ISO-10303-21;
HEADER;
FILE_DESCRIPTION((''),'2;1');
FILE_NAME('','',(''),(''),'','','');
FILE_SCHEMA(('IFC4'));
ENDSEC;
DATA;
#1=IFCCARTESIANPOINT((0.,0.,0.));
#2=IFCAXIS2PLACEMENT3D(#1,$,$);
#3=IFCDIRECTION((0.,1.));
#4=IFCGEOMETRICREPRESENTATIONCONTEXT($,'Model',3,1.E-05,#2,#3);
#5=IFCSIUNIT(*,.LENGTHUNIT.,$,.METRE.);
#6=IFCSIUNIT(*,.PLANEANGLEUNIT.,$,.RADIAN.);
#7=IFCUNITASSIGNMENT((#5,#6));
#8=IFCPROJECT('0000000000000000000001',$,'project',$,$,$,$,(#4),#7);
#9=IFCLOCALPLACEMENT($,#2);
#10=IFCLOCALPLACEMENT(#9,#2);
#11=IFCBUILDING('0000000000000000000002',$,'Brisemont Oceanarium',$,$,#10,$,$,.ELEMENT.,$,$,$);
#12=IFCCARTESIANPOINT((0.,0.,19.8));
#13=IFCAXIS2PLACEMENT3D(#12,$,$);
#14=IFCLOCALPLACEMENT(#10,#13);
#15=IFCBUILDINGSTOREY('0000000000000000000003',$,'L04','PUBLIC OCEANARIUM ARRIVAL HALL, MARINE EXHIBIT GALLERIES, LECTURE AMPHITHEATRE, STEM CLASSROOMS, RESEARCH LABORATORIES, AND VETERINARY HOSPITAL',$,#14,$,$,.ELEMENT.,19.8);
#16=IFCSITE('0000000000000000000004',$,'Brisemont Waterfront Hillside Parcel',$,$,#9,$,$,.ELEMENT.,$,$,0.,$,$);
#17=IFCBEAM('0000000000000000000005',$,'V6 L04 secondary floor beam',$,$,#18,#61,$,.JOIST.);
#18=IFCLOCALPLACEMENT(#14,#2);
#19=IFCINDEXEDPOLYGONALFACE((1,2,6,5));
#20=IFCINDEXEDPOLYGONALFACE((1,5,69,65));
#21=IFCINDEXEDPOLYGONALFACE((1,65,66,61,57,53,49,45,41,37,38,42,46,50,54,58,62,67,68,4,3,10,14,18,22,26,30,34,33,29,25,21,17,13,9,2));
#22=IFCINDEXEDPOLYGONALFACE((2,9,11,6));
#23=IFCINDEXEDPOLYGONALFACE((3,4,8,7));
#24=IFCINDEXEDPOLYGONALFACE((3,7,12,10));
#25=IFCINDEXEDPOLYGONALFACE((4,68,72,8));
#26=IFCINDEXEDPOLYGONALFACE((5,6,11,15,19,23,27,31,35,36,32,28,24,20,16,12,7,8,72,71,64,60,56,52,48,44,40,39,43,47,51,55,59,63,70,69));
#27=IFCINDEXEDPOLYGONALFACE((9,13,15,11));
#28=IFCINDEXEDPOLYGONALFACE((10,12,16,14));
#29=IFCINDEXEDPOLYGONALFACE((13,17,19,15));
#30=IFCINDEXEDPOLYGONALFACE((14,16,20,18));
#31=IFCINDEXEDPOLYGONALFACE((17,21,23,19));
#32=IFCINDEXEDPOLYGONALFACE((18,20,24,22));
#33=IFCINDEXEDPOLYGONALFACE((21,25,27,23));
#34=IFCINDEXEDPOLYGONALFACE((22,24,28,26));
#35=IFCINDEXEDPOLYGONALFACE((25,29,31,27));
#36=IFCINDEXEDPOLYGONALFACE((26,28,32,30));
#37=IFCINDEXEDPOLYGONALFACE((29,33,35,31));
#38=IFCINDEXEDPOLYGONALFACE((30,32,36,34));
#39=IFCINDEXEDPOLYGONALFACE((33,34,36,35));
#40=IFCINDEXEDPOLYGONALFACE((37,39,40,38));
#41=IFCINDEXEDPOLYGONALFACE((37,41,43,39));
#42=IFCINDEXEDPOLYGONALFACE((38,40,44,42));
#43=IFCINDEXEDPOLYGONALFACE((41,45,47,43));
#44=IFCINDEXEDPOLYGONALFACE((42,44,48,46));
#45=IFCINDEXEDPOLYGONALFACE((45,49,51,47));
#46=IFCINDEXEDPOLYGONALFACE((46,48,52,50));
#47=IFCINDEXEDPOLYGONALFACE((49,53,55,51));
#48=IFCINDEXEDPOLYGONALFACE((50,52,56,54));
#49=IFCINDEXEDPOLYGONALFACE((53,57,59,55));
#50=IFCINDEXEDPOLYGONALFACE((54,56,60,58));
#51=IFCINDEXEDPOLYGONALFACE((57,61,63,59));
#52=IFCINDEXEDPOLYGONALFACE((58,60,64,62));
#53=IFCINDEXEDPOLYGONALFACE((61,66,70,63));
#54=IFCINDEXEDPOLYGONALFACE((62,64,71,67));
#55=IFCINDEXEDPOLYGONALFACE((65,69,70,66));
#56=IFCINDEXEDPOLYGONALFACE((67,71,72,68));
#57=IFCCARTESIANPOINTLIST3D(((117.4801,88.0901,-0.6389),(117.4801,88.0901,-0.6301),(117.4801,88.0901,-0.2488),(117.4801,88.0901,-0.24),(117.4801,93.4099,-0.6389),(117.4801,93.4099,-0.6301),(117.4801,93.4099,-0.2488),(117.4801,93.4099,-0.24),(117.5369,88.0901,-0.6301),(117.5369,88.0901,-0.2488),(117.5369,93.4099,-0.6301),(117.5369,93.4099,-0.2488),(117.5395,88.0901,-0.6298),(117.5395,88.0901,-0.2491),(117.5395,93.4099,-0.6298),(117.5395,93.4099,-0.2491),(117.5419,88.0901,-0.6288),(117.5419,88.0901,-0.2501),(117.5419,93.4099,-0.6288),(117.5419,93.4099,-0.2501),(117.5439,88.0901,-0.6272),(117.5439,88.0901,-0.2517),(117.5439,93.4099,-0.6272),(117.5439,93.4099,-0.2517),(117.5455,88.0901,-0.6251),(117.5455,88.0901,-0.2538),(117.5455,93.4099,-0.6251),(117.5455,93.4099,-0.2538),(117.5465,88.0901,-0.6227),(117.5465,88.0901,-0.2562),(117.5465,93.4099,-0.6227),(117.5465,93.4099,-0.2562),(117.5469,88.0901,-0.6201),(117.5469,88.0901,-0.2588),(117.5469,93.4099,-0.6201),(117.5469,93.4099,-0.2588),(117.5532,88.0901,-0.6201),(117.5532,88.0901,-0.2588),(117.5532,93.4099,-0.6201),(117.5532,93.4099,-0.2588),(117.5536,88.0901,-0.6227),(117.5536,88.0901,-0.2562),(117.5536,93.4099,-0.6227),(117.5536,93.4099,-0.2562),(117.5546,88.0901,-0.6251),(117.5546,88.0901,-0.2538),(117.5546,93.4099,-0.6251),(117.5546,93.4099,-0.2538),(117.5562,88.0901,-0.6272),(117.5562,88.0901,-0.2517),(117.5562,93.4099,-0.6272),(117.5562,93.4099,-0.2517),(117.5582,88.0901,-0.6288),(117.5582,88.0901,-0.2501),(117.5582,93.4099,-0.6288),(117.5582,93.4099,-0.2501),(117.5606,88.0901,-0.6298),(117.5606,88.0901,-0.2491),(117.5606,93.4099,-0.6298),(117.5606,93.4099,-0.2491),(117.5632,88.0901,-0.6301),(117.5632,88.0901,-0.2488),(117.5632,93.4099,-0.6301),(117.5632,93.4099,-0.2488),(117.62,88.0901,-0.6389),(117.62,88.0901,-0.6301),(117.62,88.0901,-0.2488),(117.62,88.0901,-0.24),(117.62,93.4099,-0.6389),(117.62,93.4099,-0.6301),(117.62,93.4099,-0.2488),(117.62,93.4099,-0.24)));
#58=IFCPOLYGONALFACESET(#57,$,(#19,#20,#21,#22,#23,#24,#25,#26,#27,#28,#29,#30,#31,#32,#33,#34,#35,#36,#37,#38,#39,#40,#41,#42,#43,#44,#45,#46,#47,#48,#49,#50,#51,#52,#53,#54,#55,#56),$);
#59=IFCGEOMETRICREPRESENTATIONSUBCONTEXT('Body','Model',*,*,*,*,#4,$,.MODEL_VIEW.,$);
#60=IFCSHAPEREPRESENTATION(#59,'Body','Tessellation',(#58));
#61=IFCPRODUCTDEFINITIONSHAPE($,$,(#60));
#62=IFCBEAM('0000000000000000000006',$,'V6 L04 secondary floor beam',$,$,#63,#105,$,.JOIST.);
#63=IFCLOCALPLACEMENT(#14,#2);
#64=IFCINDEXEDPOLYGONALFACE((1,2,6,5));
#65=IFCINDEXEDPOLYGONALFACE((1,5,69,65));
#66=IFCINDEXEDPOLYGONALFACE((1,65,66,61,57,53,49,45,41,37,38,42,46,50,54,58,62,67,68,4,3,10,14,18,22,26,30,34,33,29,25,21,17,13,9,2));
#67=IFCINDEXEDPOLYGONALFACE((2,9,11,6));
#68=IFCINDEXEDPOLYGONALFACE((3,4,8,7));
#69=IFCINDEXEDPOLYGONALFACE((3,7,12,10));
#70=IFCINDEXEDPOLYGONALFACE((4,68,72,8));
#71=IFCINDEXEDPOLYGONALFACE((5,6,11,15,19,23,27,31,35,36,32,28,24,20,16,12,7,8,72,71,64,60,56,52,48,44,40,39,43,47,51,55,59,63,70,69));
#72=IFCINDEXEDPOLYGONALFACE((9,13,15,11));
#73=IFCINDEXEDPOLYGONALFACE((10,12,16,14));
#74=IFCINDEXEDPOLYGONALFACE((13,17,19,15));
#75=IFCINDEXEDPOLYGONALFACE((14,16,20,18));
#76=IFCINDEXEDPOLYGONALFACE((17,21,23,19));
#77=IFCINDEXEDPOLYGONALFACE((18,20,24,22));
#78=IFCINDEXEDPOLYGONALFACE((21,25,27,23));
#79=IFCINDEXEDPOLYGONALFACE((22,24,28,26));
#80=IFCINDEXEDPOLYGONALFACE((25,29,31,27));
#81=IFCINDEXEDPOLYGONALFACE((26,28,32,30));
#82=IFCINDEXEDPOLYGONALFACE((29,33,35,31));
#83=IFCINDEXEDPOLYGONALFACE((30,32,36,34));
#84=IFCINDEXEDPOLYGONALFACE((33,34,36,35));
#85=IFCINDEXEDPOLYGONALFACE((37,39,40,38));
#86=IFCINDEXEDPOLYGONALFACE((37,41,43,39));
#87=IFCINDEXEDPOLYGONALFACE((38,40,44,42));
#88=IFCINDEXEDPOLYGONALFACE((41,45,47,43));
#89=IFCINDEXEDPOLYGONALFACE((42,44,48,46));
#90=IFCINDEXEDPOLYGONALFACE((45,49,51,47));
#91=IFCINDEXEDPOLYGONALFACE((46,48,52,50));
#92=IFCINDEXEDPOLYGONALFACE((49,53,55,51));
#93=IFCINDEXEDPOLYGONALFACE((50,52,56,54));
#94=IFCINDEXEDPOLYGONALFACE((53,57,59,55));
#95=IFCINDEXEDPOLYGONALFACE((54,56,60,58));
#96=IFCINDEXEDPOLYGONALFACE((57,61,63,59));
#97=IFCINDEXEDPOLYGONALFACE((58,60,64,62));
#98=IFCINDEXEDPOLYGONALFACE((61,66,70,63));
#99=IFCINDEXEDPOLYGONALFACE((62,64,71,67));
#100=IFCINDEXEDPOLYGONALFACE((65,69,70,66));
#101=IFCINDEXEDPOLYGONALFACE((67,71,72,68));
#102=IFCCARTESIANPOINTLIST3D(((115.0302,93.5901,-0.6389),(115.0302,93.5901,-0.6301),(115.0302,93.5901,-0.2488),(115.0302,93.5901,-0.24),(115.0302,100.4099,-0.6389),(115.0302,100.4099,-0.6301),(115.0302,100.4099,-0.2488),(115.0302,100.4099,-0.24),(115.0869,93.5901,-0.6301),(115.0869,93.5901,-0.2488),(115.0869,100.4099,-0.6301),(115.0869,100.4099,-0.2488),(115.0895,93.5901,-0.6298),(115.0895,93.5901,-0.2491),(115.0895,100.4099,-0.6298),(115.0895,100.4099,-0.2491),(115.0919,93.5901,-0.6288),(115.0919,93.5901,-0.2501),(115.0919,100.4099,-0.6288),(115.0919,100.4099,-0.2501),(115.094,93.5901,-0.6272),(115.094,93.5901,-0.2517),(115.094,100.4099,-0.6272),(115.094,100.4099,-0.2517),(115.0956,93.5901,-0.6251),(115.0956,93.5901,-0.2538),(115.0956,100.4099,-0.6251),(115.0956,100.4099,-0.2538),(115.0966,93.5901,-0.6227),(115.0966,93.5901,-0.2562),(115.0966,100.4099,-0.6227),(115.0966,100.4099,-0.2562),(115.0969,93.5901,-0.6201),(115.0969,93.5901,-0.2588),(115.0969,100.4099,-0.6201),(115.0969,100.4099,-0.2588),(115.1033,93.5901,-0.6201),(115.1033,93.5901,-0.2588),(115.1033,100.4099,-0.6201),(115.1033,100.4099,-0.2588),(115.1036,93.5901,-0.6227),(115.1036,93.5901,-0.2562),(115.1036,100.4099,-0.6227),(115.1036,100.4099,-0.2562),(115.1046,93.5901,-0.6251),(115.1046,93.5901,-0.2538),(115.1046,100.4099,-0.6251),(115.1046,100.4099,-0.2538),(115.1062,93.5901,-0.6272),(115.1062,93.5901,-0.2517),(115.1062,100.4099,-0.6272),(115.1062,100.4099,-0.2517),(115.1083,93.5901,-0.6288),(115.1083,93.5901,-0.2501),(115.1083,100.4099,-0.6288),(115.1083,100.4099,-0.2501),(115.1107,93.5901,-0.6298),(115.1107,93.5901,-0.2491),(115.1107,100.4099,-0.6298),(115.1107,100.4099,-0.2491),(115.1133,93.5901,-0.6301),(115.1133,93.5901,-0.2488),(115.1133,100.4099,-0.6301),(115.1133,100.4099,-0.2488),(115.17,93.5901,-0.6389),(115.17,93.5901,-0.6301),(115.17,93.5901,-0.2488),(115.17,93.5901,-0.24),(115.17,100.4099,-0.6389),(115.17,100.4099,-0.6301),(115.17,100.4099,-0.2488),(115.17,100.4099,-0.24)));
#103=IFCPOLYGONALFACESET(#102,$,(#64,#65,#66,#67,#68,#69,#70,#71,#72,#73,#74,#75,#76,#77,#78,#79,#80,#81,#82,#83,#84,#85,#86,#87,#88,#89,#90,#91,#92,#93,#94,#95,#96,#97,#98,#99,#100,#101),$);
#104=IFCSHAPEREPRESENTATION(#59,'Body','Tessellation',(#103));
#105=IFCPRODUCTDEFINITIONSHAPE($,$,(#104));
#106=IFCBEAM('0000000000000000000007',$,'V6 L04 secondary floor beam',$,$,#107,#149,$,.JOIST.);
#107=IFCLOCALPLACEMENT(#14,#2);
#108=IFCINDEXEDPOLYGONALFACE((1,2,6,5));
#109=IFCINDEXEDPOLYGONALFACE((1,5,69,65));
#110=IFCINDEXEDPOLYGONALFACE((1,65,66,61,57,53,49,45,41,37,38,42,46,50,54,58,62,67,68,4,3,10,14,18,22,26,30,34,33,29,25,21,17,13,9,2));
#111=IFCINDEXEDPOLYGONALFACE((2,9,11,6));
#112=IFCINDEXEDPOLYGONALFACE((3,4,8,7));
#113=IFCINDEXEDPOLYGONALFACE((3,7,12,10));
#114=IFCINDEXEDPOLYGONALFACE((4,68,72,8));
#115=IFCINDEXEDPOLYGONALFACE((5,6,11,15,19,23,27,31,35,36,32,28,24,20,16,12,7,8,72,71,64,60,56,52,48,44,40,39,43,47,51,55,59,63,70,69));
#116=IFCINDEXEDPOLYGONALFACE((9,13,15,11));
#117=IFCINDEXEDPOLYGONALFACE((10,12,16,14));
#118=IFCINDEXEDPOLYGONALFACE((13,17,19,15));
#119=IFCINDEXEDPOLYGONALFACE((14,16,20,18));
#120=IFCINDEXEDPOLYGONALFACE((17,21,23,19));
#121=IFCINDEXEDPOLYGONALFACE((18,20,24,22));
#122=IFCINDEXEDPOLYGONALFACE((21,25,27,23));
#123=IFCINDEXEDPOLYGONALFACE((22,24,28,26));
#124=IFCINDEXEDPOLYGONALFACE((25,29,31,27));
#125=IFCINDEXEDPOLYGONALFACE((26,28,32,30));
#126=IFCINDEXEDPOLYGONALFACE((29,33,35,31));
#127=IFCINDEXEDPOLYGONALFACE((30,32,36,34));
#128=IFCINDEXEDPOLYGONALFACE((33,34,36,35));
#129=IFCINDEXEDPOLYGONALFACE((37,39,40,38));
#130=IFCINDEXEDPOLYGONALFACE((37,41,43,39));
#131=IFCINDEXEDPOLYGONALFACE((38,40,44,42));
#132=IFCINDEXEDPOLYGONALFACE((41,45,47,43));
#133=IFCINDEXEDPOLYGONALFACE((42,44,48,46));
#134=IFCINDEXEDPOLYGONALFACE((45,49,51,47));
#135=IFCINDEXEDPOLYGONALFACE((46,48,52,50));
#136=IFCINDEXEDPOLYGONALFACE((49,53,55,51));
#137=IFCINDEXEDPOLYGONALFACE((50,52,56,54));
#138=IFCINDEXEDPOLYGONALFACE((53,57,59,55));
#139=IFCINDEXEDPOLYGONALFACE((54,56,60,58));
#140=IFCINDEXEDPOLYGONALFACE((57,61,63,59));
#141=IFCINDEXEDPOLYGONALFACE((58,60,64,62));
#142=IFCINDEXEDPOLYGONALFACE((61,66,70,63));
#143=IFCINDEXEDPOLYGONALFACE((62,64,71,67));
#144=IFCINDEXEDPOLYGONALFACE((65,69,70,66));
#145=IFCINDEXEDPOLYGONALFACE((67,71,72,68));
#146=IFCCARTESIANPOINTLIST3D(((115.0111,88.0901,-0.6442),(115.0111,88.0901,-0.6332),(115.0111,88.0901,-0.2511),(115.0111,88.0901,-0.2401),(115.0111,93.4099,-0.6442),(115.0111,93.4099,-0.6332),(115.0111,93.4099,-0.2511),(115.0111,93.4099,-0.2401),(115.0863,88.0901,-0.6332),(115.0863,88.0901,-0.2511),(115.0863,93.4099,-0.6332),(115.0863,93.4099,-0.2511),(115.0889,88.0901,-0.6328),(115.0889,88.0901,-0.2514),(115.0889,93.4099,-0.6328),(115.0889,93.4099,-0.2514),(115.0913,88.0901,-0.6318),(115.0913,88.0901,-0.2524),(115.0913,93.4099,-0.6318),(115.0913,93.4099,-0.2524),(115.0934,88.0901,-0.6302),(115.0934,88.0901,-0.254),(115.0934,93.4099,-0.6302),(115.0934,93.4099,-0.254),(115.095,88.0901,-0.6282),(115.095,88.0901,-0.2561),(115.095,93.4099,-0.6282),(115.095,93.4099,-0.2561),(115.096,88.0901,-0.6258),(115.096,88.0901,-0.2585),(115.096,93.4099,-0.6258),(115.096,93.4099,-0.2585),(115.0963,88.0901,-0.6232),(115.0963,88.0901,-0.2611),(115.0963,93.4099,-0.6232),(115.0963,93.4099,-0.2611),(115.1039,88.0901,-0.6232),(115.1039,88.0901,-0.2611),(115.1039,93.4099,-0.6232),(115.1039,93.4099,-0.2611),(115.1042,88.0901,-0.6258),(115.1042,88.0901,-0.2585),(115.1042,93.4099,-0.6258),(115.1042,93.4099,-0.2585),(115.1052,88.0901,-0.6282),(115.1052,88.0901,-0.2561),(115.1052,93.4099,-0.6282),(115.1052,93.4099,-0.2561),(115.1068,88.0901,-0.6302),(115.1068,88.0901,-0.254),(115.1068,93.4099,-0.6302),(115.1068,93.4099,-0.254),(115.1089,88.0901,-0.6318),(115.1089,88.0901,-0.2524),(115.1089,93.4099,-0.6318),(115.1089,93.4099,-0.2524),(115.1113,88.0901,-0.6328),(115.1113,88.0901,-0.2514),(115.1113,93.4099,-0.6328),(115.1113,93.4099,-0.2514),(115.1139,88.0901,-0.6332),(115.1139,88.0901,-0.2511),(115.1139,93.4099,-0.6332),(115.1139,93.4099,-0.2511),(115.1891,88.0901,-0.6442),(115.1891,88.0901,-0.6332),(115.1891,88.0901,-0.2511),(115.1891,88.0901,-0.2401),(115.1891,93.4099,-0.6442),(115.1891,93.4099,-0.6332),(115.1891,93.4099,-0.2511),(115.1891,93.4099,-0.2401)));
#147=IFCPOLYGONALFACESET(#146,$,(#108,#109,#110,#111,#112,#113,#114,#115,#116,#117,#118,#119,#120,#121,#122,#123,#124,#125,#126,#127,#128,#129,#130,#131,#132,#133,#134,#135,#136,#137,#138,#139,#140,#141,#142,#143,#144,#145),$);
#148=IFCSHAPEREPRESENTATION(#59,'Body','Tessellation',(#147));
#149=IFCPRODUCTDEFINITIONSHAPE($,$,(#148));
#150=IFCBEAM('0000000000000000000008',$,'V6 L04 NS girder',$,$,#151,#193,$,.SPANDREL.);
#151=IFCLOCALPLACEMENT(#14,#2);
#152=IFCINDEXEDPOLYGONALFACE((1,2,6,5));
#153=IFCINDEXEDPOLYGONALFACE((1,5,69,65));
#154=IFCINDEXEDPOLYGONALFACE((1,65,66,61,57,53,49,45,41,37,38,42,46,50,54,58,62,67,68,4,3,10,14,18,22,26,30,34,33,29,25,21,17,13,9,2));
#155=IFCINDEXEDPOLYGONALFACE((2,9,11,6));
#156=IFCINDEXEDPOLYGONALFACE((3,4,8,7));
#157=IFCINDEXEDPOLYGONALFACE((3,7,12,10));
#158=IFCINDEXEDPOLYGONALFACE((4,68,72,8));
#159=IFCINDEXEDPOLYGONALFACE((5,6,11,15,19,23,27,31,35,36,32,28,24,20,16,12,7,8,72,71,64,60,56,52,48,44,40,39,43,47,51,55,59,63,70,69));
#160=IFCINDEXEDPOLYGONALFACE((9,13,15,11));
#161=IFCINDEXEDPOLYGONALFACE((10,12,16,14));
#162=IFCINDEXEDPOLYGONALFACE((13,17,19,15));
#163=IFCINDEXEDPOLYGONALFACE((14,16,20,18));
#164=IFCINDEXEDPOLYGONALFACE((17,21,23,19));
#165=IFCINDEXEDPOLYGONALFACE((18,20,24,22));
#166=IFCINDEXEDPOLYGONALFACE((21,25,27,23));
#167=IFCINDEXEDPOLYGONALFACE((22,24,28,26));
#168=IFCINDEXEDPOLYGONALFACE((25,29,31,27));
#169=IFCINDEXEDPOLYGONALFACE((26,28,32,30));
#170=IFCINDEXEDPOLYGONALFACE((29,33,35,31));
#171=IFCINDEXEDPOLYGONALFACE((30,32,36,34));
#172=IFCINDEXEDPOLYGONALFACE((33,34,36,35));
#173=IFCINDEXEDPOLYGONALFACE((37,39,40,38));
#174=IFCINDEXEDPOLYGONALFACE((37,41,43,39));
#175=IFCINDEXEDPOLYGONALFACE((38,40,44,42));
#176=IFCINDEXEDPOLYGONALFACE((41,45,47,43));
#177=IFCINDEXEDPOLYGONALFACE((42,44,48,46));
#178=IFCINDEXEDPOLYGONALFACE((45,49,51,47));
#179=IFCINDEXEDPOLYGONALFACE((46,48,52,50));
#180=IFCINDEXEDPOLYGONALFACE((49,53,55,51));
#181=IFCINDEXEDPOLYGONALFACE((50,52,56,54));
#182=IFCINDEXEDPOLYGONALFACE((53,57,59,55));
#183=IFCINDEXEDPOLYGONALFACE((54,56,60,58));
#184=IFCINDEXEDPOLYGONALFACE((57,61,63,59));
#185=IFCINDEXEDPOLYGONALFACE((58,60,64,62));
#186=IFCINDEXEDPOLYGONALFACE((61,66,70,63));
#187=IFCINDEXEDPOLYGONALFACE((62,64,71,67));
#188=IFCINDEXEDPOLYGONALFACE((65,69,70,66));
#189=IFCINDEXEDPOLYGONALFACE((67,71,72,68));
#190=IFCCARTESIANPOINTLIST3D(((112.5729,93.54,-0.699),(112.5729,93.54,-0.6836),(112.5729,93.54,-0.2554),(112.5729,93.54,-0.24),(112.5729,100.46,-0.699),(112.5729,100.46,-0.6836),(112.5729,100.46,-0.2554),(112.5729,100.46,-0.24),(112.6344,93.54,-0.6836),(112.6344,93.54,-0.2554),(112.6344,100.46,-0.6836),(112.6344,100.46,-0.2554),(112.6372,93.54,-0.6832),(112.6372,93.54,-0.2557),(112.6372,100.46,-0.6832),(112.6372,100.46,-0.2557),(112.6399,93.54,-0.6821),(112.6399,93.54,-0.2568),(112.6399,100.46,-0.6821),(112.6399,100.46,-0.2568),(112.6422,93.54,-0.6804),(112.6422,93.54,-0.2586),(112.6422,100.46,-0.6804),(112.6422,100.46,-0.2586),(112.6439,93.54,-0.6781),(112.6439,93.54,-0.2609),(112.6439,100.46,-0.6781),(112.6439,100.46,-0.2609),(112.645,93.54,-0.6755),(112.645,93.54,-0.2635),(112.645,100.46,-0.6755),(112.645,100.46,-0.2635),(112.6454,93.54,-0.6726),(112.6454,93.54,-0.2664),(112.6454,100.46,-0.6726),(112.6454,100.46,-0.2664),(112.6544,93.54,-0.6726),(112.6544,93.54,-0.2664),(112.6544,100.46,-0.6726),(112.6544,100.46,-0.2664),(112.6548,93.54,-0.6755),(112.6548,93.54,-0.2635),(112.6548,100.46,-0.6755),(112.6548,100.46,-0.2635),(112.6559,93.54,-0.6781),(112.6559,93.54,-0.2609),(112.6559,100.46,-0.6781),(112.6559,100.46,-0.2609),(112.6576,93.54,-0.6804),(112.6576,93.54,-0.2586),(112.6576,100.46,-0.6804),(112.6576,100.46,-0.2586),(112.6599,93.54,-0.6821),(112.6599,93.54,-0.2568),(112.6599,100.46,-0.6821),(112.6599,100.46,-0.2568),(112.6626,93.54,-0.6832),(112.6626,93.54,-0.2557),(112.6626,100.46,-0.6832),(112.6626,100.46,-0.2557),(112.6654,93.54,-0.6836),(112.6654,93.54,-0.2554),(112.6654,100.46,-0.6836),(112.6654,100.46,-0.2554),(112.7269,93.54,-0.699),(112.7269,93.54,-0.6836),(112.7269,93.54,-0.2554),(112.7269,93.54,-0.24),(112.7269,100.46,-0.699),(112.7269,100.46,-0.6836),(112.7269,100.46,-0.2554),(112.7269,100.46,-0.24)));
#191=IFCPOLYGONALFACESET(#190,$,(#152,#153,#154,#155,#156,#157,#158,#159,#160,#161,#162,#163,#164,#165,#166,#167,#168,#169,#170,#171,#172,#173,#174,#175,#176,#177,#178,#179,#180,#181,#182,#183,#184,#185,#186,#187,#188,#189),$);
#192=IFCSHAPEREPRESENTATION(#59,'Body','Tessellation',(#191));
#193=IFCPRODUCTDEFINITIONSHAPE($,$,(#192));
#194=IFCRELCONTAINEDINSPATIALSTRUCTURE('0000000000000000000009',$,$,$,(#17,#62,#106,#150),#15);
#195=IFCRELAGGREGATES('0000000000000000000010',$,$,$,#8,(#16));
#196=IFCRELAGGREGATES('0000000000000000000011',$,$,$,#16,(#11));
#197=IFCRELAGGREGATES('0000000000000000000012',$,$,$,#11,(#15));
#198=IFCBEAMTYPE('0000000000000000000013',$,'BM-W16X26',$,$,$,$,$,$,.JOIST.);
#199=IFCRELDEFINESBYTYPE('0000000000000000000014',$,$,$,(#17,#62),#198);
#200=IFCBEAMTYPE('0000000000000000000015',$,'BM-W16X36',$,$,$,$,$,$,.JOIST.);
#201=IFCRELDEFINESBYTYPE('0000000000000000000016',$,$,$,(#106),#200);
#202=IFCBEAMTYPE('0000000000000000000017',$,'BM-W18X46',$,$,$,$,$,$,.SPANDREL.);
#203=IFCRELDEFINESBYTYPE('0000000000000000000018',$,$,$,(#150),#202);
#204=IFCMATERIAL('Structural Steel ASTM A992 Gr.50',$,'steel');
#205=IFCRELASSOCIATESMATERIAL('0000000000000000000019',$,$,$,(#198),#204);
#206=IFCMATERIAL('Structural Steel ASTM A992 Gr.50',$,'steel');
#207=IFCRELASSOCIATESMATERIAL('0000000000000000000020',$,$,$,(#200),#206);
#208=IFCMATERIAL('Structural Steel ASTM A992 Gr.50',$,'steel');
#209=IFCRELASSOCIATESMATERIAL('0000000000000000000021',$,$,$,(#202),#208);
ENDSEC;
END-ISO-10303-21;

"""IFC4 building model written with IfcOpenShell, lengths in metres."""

from ifc_helpers import new_model, si_unit, direction, frame, origin, origin_2d, place, context, subcontext, project, spatial, i_section, extrude, material, material_profile, profile_set, type_object, element, save


model = new_model("IFC4")

# Units and contexts
model_context = context("Model", 3, precision=1e-05, world=origin(), true_north=direction((0.0, 1.0)))
body_context = subcontext(model_context, "Body", "Model", "MODEL_VIEW")
ifc_project = project(units=[si_unit("LENGTHUNIT", "METRE"), si_unit("PLANEANGLEUNIT", "RADIAN")], contexts=[model_context])

# Site, building, storey
site_placement = place(None, origin())
site = spatial("IfcSite", under=ifc_project, at=site_placement, Name="Brisemont Waterfront Hillside Parcel", CompositionType="ELEMENT", RefElevation=0.0)
building_placement = place(site_placement, origin())
building = spatial("IfcBuilding", under=site, at=building_placement, Name="Brisemont Oceanarium", CompositionType="ELEMENT")
storey_placement = place(building_placement, frame((0.0, 0.0, 19.8)))
storey = spatial("IfcBuildingStorey", under=building, at=storey_placement, Name="L04", Description="PUBLIC OCEANARIUM ARRIVAL HALL, MARINE EXHIBIT GALLERIES, LECTURE AMPHITHEATRE, STEM CLASSROOMS, RESEARCH LABORATORIES, AND VETERINARY HOSPITAL", CompositionType="ELEMENT", Elevation=19.8)

# Beams
ifc_material_1 = material(Name="Structural Steel ASTM A992 Gr.50", Category="steel")
ifc_material_profile_1 = material_profile(ifc_material_1, i_section(OverallWidth=0.1399, OverallDepth=0.3989, WebThickness=0.0063, FlangeThickness=0.0088, FilletRadius=0.01, at=origin_2d()), Name="W16X26")
ifc_profile_set_1 = profile_set([ifc_material_profile_1], Name="Structural Steel ASTM A992 Gr.50")
beam_type_1 = type_object("IfcBeamType", Name="BM-W16X26", PredefinedType="JOIST", material=ifc_profile_set_1)
beam_1_placement = place(storey_placement, frame((117.55, 88.0901, -0.4395), z_axis=(0.0, 1.0, 0.0), x_axis=(-1.0, 0.0, 0.0)))
element("IfcBeam", 1, at=beam_1_placement, inside=storey, type_object=beam_type_1, Name="V6 L04 secondary floor beam", PredefinedType="JOIST", context=body_context, shape_type="SweptSolid", body=[
    extrude(i_section(OverallWidth=0.1399, OverallDepth=0.3989, WebThickness=0.0063, FlangeThickness=0.0088, FilletRadius=0.01, at=origin_2d()), origin(), (0.0, 0.0, 1.0), 5.3198),
])
beam_2_placement = place(storey_placement, frame((115.1001, 93.5901, -0.4395), z_axis=(0.0, 1.0, 0.0), x_axis=(-1.0, 0.0, 0.0)))
element("IfcBeam", 2, at=beam_2_placement, inside=storey, type_object=beam_type_1, Name="V6 L04 secondary floor beam", PredefinedType="JOIST", context=body_context, shape_type="SweptSolid", body=[
    extrude(i_section(OverallWidth=0.1399, OverallDepth=0.3989, WebThickness=0.0063, FlangeThickness=0.0088, FilletRadius=0.01, at=origin_2d()), origin(), (0.0, 0.0, 1.0), 6.8198),
])
ifc_material_2 = material(Name="Structural Steel ASTM A992 Gr.50", Category="steel")
ifc_material_profile_2 = material_profile(ifc_material_2, i_section(OverallWidth=0.178, OverallDepth=0.4041, WebThickness=0.0076, FlangeThickness=0.011, FilletRadius=0.01, at=origin_2d()), Name="W16X36")
ifc_profile_set_2 = profile_set([ifc_material_profile_2], Name="Structural Steel ASTM A992 Gr.50")
beam_type_2 = type_object("IfcBeamType", Name="BM-W16X36", PredefinedType="JOIST", material=ifc_profile_set_2)
beam_3_placement = place(storey_placement, frame((115.1001, 88.0901, -0.4421), z_axis=(0.0, 1.0, 0.0), x_axis=(-1.0, 0.0, 0.0)))
element("IfcBeam", 3, at=beam_3_placement, inside=storey, type_object=beam_type_2, Name="V6 L04 secondary floor beam", PredefinedType="JOIST", context=body_context, shape_type="SweptSolid", body=[
    extrude(i_section(OverallWidth=0.178, OverallDepth=0.4041, WebThickness=0.0076, FlangeThickness=0.011, FilletRadius=0.01, at=origin_2d()), origin(), (0.0, 0.0, 1.0), 5.3198),
])
ifc_material_3 = material(Name="Structural Steel ASTM A992 Gr.50", Category="steel")
ifc_material_profile_3 = material_profile(ifc_material_3, i_section(OverallWidth=0.1541, OverallDepth=0.459, WebThickness=0.009, FlangeThickness=0.0154, FilletRadius=0.011, at=origin_2d()), Name="W18X46")
ifc_profile_set_3 = profile_set([ifc_material_profile_3], Name="Structural Steel ASTM A992 Gr.50")
beam_type_3 = type_object("IfcBeamType", Name="BM-W18X46", PredefinedType="SPANDREL", material=ifc_profile_set_3)
beam_4_placement = place(storey_placement, frame((112.6499, 93.54, -0.4695), z_axis=(0.0, 1.0, 0.0), x_axis=(-1.0, 0.0, 0.0)))
element("IfcBeam", 4, at=beam_4_placement, inside=storey, type_object=beam_type_3, Name="V6 L04 NS girder", PredefinedType="SPANDREL", context=body_context, shape_type="SweptSolid", body=[
    extrude(i_section(OverallWidth=0.1541, OverallDepth=0.459, WebThickness=0.009, FlangeThickness=0.0154, FilletRadius=0.011, at=origin_2d()), origin(), (0.0, 0.0, 1.0), 6.9199),
])

save(model, "model.ifc")
